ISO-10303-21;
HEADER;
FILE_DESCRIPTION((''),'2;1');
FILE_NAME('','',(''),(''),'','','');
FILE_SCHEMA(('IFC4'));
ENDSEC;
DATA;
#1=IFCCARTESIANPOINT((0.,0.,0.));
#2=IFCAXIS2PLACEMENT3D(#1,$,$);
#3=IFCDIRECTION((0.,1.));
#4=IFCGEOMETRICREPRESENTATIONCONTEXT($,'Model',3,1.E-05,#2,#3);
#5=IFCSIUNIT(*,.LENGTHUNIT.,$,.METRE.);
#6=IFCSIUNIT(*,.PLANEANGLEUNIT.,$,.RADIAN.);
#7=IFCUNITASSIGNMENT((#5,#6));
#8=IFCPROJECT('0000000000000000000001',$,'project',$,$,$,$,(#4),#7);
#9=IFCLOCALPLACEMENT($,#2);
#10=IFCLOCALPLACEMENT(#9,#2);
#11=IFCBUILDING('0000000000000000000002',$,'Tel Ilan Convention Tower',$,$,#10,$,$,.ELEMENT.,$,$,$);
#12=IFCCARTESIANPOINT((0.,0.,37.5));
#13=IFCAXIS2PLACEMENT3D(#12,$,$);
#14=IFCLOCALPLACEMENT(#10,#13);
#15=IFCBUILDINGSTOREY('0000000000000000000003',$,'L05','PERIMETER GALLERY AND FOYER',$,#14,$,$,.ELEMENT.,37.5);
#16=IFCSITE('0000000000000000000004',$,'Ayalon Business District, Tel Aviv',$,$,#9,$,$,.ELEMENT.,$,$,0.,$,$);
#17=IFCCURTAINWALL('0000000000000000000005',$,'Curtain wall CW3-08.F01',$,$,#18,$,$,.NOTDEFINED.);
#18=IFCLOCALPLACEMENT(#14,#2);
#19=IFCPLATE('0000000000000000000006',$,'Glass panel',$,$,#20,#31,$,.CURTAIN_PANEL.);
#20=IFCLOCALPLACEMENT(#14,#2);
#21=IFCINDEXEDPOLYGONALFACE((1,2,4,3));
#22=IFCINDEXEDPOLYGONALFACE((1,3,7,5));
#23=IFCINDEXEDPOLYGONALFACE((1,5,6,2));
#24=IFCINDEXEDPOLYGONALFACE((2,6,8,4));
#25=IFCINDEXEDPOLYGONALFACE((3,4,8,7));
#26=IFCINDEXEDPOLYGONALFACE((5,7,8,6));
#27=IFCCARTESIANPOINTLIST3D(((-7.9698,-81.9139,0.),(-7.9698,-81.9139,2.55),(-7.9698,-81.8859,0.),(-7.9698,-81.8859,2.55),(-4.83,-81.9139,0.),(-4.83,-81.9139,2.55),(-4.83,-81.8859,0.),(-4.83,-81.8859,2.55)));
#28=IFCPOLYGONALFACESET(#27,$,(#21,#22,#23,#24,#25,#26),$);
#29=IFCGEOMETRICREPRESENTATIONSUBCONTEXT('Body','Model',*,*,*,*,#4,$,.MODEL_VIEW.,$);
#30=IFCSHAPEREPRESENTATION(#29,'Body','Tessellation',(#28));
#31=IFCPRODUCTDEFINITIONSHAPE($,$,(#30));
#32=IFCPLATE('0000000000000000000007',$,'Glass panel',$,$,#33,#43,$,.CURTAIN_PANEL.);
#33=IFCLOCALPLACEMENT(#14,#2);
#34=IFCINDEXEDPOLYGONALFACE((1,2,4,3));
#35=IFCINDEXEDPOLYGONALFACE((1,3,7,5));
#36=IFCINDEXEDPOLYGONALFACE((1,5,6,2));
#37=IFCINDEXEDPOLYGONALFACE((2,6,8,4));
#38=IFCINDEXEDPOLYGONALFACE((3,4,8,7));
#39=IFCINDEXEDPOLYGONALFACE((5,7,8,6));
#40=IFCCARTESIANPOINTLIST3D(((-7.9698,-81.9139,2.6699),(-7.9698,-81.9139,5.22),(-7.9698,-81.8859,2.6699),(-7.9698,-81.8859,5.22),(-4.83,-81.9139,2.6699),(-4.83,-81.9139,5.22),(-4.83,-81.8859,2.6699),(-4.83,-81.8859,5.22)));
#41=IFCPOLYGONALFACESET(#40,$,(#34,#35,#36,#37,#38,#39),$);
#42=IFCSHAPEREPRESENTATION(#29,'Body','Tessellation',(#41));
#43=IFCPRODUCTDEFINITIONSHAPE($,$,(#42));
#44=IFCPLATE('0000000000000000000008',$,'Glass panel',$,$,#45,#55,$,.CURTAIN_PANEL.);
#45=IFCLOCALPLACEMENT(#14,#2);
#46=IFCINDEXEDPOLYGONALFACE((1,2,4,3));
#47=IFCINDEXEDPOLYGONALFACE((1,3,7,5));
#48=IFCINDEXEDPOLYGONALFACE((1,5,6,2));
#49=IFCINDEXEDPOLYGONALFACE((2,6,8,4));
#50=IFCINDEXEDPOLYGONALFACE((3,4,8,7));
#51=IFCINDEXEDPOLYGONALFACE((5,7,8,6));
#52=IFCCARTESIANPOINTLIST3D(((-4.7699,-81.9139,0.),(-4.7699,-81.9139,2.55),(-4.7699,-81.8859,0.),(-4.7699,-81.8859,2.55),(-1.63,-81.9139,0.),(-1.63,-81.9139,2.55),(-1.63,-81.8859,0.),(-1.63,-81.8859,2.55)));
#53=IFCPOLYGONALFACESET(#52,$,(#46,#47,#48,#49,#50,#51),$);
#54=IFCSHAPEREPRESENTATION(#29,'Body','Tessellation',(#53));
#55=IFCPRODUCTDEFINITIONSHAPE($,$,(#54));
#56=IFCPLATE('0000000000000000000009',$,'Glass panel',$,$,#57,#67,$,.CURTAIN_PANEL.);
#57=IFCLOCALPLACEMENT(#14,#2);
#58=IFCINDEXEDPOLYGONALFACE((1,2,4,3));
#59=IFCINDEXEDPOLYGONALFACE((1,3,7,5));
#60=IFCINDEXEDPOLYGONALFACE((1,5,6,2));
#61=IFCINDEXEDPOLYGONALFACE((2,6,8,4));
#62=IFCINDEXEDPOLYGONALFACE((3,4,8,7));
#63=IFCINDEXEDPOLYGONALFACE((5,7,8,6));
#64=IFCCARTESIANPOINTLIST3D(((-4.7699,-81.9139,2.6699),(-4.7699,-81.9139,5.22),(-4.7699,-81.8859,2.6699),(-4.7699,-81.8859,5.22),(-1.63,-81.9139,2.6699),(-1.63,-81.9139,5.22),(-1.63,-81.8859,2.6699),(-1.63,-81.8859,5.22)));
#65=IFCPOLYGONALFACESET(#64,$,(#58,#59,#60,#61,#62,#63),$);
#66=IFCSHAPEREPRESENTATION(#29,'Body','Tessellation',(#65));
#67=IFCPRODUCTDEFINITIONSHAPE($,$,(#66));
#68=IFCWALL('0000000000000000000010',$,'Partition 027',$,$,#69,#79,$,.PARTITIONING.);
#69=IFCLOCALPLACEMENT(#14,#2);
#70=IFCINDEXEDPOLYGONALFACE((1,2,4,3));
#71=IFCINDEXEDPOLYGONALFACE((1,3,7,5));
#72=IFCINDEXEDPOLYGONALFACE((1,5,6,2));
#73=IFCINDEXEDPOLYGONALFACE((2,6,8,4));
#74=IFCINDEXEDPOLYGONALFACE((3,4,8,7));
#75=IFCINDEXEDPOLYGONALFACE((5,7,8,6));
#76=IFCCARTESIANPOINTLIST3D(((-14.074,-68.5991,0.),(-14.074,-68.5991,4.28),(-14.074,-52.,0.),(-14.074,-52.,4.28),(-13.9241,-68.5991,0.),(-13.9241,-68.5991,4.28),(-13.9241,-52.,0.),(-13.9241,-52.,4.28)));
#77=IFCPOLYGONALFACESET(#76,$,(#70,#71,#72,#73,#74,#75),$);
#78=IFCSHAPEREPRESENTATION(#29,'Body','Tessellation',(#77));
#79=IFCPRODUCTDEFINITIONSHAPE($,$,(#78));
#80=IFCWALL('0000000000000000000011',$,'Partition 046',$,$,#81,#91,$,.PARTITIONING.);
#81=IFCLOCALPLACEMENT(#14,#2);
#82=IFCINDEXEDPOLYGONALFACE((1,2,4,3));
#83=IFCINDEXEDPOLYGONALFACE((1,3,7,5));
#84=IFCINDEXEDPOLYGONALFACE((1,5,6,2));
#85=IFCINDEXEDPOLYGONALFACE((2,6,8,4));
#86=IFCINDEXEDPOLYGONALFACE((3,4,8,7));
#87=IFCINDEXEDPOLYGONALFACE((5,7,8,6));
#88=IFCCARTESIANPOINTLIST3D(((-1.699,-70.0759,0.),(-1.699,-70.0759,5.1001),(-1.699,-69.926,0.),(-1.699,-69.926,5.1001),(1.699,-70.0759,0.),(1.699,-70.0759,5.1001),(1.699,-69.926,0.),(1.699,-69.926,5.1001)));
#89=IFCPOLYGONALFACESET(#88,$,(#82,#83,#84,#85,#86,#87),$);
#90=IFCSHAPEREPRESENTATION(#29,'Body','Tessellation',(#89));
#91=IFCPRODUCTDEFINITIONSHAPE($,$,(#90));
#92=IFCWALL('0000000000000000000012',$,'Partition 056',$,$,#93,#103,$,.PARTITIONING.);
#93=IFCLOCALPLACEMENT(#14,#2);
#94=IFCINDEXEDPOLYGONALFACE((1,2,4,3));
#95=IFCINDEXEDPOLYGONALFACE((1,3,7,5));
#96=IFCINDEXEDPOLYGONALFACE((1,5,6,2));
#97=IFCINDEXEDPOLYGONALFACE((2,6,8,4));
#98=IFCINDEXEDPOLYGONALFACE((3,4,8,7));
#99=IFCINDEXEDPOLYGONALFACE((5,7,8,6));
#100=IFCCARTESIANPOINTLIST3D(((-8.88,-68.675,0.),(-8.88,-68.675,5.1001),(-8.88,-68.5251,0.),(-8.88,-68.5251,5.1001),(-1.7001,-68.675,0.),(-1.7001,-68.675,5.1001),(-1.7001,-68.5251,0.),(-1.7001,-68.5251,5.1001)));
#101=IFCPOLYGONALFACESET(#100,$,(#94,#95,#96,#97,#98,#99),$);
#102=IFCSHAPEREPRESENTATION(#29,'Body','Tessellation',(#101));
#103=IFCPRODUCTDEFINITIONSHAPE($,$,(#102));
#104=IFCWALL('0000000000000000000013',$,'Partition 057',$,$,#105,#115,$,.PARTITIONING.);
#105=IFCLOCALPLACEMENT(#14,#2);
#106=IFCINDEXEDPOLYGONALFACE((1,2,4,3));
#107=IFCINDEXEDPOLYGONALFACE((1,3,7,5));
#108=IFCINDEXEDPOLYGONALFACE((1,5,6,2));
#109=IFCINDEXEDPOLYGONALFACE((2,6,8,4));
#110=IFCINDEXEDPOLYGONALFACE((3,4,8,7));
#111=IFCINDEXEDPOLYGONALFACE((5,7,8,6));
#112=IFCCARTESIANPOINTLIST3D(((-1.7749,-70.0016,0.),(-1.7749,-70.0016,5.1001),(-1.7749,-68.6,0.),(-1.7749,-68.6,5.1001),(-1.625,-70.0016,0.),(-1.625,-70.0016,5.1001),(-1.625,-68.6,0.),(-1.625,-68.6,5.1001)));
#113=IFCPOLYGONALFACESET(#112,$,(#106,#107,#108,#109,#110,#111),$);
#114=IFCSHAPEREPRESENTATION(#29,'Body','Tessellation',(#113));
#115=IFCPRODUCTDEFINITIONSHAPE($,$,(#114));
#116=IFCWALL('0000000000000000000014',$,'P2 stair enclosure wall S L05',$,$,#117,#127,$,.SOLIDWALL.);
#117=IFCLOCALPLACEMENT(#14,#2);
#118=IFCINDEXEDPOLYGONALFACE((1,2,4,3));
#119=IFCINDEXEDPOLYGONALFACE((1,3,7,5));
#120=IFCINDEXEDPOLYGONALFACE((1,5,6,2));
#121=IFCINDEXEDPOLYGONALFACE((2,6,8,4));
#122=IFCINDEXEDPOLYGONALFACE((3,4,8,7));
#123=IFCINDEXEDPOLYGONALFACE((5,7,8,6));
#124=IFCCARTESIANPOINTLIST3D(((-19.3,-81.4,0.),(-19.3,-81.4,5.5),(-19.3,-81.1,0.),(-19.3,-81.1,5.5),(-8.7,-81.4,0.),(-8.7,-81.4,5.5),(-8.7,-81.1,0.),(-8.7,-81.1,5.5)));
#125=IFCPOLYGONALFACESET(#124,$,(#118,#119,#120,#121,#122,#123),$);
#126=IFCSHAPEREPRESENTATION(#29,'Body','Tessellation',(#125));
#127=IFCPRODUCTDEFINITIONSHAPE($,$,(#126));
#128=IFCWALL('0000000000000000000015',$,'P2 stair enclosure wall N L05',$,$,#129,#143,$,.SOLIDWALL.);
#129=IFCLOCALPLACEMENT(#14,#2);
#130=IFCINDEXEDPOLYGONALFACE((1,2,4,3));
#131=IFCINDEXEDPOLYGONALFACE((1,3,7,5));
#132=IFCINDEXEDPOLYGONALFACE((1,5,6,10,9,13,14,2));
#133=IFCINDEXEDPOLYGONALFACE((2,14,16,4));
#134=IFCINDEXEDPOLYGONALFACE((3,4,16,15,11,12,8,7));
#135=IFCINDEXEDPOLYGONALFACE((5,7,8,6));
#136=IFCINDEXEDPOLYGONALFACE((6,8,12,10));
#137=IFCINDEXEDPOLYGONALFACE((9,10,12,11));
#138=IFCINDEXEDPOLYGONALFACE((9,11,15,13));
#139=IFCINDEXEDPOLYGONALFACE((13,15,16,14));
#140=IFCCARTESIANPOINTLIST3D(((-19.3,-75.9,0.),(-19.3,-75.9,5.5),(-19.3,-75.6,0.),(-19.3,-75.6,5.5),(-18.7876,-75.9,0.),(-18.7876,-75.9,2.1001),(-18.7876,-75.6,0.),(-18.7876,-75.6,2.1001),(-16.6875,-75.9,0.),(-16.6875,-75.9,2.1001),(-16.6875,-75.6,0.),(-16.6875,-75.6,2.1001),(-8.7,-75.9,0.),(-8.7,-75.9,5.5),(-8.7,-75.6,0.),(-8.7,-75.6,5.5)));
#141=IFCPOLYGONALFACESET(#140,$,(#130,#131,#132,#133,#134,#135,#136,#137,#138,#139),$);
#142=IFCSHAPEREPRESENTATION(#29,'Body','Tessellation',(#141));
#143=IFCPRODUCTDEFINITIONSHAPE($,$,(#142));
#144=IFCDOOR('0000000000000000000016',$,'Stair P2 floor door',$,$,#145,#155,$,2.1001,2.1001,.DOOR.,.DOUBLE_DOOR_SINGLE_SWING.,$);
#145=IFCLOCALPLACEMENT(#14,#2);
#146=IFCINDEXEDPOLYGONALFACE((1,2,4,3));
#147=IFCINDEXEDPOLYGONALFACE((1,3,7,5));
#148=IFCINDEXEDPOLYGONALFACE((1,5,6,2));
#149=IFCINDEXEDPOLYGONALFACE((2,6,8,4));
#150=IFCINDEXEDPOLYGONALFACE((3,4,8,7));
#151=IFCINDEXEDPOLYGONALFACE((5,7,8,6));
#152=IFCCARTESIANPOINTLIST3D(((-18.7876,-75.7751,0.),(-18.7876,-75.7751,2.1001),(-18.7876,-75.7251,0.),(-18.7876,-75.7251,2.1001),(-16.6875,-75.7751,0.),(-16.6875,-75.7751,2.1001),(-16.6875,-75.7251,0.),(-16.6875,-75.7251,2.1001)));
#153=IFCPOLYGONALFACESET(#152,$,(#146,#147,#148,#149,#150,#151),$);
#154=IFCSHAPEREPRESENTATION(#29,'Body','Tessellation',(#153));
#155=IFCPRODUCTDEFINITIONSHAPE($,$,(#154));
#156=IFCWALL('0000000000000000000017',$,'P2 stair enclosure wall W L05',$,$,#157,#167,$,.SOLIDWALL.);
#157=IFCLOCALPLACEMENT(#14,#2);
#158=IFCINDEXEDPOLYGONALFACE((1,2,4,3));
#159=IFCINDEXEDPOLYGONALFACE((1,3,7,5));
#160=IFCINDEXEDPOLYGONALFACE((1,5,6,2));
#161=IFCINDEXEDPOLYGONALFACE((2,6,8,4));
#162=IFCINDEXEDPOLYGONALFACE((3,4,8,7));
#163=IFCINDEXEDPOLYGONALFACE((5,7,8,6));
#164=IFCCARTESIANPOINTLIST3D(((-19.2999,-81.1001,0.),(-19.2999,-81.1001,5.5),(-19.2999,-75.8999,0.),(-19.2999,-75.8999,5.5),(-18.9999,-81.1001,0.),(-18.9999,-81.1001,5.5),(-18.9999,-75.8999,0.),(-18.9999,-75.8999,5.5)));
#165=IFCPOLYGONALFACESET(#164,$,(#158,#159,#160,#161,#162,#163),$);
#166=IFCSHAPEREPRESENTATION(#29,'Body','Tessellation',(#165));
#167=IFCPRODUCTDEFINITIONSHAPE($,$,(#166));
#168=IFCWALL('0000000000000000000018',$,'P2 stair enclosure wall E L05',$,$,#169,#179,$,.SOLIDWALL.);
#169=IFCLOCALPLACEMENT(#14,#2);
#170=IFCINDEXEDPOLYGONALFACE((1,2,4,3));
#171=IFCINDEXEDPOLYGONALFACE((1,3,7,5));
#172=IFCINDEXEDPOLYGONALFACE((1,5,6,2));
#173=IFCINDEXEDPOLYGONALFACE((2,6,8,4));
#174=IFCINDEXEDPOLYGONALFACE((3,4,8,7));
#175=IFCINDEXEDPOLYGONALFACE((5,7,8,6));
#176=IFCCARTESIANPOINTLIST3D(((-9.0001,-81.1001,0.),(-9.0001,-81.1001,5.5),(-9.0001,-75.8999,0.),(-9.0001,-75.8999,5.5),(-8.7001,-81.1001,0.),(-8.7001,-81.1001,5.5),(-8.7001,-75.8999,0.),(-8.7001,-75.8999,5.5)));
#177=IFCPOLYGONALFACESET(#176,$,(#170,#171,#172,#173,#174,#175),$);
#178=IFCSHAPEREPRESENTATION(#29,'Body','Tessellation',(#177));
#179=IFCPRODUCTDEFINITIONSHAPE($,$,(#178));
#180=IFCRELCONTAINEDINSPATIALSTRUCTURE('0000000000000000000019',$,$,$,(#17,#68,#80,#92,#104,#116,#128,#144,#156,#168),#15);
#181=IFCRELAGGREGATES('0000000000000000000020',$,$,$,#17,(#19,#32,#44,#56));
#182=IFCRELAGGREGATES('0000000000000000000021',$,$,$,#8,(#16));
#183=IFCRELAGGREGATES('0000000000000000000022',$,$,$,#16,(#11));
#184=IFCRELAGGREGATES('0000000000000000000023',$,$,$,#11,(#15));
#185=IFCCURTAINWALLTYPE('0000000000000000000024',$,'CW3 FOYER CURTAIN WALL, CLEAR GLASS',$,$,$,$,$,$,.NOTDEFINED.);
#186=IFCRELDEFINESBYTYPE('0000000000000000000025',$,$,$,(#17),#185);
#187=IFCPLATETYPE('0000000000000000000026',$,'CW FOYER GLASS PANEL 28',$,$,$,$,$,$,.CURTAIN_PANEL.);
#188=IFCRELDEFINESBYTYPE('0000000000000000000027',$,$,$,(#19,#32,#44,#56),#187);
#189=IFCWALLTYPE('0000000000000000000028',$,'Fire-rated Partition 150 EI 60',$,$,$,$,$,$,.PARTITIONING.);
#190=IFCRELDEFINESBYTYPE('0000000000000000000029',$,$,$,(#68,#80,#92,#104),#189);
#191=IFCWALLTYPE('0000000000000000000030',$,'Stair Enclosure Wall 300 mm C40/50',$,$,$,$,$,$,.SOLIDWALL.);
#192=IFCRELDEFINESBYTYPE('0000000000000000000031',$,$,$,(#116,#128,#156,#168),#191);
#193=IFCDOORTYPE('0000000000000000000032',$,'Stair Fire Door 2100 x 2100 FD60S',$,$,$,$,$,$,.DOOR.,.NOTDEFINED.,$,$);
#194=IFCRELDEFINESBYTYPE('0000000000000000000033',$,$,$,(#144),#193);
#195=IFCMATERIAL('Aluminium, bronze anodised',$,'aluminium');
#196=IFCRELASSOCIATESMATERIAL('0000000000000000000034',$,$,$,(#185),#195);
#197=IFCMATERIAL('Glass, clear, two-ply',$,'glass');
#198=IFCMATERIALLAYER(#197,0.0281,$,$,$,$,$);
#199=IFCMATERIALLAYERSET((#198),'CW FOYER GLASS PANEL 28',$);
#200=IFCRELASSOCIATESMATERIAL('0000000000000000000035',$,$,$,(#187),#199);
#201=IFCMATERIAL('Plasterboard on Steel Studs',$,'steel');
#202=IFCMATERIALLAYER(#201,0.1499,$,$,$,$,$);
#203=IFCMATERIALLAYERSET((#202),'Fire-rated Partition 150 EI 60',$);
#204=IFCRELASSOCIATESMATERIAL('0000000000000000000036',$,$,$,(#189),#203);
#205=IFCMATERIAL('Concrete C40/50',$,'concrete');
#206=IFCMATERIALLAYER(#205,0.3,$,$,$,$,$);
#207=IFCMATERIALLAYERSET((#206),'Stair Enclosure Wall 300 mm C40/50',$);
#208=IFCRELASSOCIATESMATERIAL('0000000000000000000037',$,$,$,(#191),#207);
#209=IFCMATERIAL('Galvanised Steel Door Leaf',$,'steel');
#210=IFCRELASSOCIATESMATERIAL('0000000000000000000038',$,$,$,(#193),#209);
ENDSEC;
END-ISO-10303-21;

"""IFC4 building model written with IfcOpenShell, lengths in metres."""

from ifc_helpers import new_model, si_unit, direction, frame, frame_2d, origin, origin_2d, place, context, subcontext, project, spatial, rectangle, extrude, material, layer, layer_set, type_object, element, fill, aggregate, save


model = new_model("IFC4")

# Units and contexts
model_context = context("Model", 3, precision=1e-05, world=origin(), true_north=direction((0.0, 1.0)))
body_context = subcontext(model_context, "Body", "Model", "MODEL_VIEW")
ifc_project = project(units=[si_unit("LENGTHUNIT", "METRE"), si_unit("PLANEANGLEUNIT", "RADIAN")], contexts=[model_context])

# Site, building, storey
site_placement = place(None, origin())
site = spatial("IfcSite", under=ifc_project, at=site_placement, Name="Ayalon Business District, Tel Aviv", CompositionType="ELEMENT", RefElevation=0.0)
building_placement = place(site_placement, origin())
building = spatial("IfcBuilding", under=site, at=building_placement, Name="Tel Ilan Convention Tower", CompositionType="ELEMENT")
storey_placement = place(building_placement, frame((0.0, 0.0, 37.5)))
storey = spatial("IfcBuildingStorey", under=building, at=storey_placement, Name="L05", Description="PERIMETER GALLERY AND FOYER", CompositionType="ELEMENT", Elevation=37.5)

# Curtain wall
ifc_material_1 = material(Name="Aluminium, bronze anodised", Category="aluminium")
curtain_wall_type = type_object("IfcCurtainWallType", Name="CW3 FOYER CURTAIN WALL, CLEAR GLASS", PredefinedType="NOTDEFINED", material=ifc_material_1)
curtain_wall_placement = place(storey_placement, origin())
curtain_wall = element("IfcCurtainWall", 1, at=curtain_wall_placement, inside=storey, type_object=curtain_wall_type, Name="Curtain wall CW3-08.F01", PredefinedType="NOTDEFINED")

# Plates
ifc_material_2 = material(Name="Glass, clear, two-ply", Category="glass")
ifc_layer_1 = layer(ifc_material_2, 0.0281)
ifc_layer_set_1 = layer_set([ifc_layer_1], Name="CW FOYER GLASS PANEL 28")
plate_type = type_object("IfcPlateType", Name="CW FOYER GLASS PANEL 28", PredefinedType="CURTAIN_PANEL", material=ifc_layer_set_1)
plate_1_placement = place(storey_placement, frame((-6.3999, -81.8999, 0.0), z_axis=(0.0, 0.0, 1.0), x_axis=(1.0, 0.0, 0.0)))
plate_1 = element("IfcPlate", 2, at=plate_1_placement, type_object=plate_type, Name="Glass panel", PredefinedType="CURTAIN_PANEL", context=body_context, shape_type="SweptSolid", body=[
    extrude(rectangle(XDim=3.1399, YDim=0.0281, at=origin_2d()), origin(), (0.0, 0.0, 1.0), 2.55),
])
plate_2_placement = place(storey_placement, frame((-6.3999, -81.8999, 2.6699), z_axis=(0.0, 0.0, 1.0), x_axis=(1.0, 0.0, 0.0)))
plate_2 = element("IfcPlate", 3, at=plate_2_placement, type_object=plate_type, Name="Glass panel", PredefinedType="CURTAIN_PANEL", context=body_context, shape_type="SweptSolid", body=[
    extrude(rectangle(XDim=3.1399, YDim=0.0281, at=origin_2d()), origin(), (0.0, 0.0, 1.0), 2.55),
])
plate_3_placement = place(storey_placement, frame((-3.2, -81.8999, 0.0), z_axis=(0.0, 0.0, 1.0), x_axis=(1.0, 0.0, 0.0)))
plate_3 = element("IfcPlate", 4, at=plate_3_placement, type_object=plate_type, Name="Glass panel", PredefinedType="CURTAIN_PANEL", context=body_context, shape_type="SweptSolid", body=[
    extrude(rectangle(XDim=3.1399, YDim=0.0281, at=origin_2d()), origin(), (0.0, 0.0, 1.0), 2.55),
])
plate_4_placement = place(storey_placement, frame((-3.2, -81.8999, 2.6699), z_axis=(0.0, 0.0, 1.0), x_axis=(1.0, 0.0, 0.0)))
plate_4 = element("IfcPlate", 5, at=plate_4_placement, type_object=plate_type, Name="Glass panel", PredefinedType="CURTAIN_PANEL", context=body_context, shape_type="SweptSolid", body=[
    extrude(rectangle(XDim=3.1399, YDim=0.0281, at=origin_2d()), origin(), (0.0, 0.0, 1.0), 2.55),
])
aggregate(curtain_wall, [plate_1, plate_2, plate_3, plate_4])

# Walls
ifc_material_3 = material(Name="Plasterboard on Steel Studs", Category="steel")
ifc_layer_2 = layer(ifc_material_3, 0.1499)
ifc_layer_set_2 = layer_set([ifc_layer_2], Name="Fire-rated Partition 150 EI 60")
wall_type_1 = type_object("IfcWallType", Name="Fire-rated Partition 150 EI 60", PredefinedType="PARTITIONING", material=ifc_layer_set_2)
wall_1_placement = place(storey_placement, frame((-13.999, -68.5991, 0.0), z_axis=(0.0, 0.0, 1.0), x_axis=(0.0, 1.0, 0.0)))
element("IfcWall", 6, at=wall_1_placement, inside=storey, type_object=wall_type_1, Name="Partition 027", PredefinedType="PARTITIONING", context=body_context, shape_type="SweptSolid", body=[
    extrude(rectangle(XDim=16.5991, YDim=0.1499, at=frame_2d((8.2996, 0.0))), origin(), (0.0, 0.0, 1.0), 4.28),
])
wall_2_placement = place(storey_placement, frame((-1.699, -70.001, 0.0), z_axis=(0.0, 0.0, 1.0), x_axis=(1.0, 0.0, 0.0)))
element("IfcWall", 7, at=wall_2_placement, inside=storey, type_object=wall_type_1, Name="Partition 046", PredefinedType="PARTITIONING", context=body_context, shape_type="SweptSolid", body=[
    extrude(rectangle(XDim=3.3979, YDim=0.1499, at=frame_2d((1.699, 0.0))), origin(), (0.0, 0.0, 1.0), 5.1001),
])

# Walls
wall_3_placement = place(storey_placement, frame((-8.8799, -68.6001, 0.0), z_axis=(0.0, 0.0, 1.0), x_axis=(1.0, 0.0, 0.0)))
element("IfcWall", 8, at=wall_3_placement, inside=storey, type_object=wall_type_1, Name="Partition 056", PredefinedType="PARTITIONING", context=body_context, shape_type="SweptSolid", body=[
    extrude(rectangle(XDim=7.1799, YDim=0.1499, at=frame_2d((3.5898, 0.0))), origin(), (0.0, 0.0, 1.0), 5.1001),
])
wall_4_placement = place(storey_placement, frame((-1.7, -68.6001, 0.0), z_axis=(0.0, 0.0, 1.0), x_axis=(0.0, -1.0, 0.0)))
element("IfcWall", 9, at=wall_4_placement, inside=storey, type_object=wall_type_1, Name="Partition 057", PredefinedType="PARTITIONING", context=body_context, shape_type="SweptSolid", body=[
    extrude(rectangle(XDim=1.4016, YDim=0.1499, at=frame_2d((0.7007, 0.0))), origin(), (0.0, 0.0, 1.0), 5.1001),
])
ifc_material_4 = material(Name="Concrete C40/50", Category="concrete")
ifc_layer_3 = layer(ifc_material_4, 0.3)
ifc_layer_set_3 = layer_set([ifc_layer_3], Name="Stair Enclosure Wall 300 mm C40/50")
wall_type_2 = type_object("IfcWallType", Name="Stair Enclosure Wall 300 mm C40/50", PredefinedType="SOLIDWALL", material=ifc_layer_set_3)
wall_5_placement = place(storey_placement, frame((-19.3, -81.25, 0.0), z_axis=(0.0, 0.0, 1.0), x_axis=(1.0, 0.0, 0.0)))
element("IfcWall", 10, at=wall_5_placement, inside=storey, type_object=wall_type_2, Name="P2 stair enclosure wall S L05", PredefinedType="SOLIDWALL", context=body_context, shape_type="SweptSolid", body=[
    extrude(rectangle(XDim=10.6001, YDim=0.3, at=frame_2d((5.3, 0.0))), origin(), (0.0, 0.0, 1.0), 5.5),
])

# Wall, opening, door
wall_6_placement = place(storey_placement, frame((-19.3, -75.75, 0.0), z_axis=(0.0, 0.0, 1.0), x_axis=(1.0, 0.0, 0.0)))
wall_6 = element("IfcWall", 11, at=wall_6_placement, inside=storey, type_object=wall_type_2, Name="P2 stair enclosure wall N L05", PredefinedType="SOLIDWALL", context=body_context, shape_type="SweptSolid", body=[
    extrude(rectangle(XDim=10.6001, YDim=0.3, at=frame_2d((5.3, 0.0))), origin(), (0.0, 0.0, 1.0), 5.5),
])
opening_1_placement = place(wall_6_placement, frame((0.5125, 0.0, 0.0)))
opening_1 = element("IfcOpeningElement", 12, at=opening_1_placement, cuts=wall_6, PredefinedType="OPENING", context=body_context, shape_type="SweptSolid", body=[
    extrude(rectangle(XDim=2.1001, YDim=2.1001, at=frame_2d((1.05, 1.05))), frame((0.0, 0.1599, 0.0), z_axis=(0.0, -1.0, 0.0), x_axis=(1.0, 0.0, 0.0)), (0.0, 0.0, 1.0), 0.3201),
])
ifc_material_5 = material(Name="Galvanised Steel Door Leaf", Category="steel")
door_type_1 = type_object("IfcDoorType", Name="Stair Fire Door 2100 x 2100 FD60S", OperationType="NOTDEFINED", PredefinedType="DOOR", material=ifc_material_5)
door_1_placement = place(opening_1_placement, origin())
door_1 = element("IfcDoor", 13, at=door_1_placement, inside=storey, type_object=door_type_1, Name="Stair P2 floor door", OperationType="DOUBLE_DOOR_SINGLE_SWING", OverallHeight=2.1001, OverallWidth=2.1001, PredefinedType="DOOR", context=body_context, shape_type="SweptSolid", body=[
    extrude(rectangle(XDim=2.1001, YDim=2.1001, at=frame_2d((1.05, 1.05))), frame((0.0, 0.0249, 0.0), z_axis=(0.0, -1.0, 0.0), x_axis=(1.0, 0.0, 0.0)), (0.0, 0.0, 1.0), 0.05),
])
fill(opening_1, door_1)

# Walls
for number, where, z_axis, x_axis, name in (
    (14, (-19.1499, -81.1001, 0.0), (0.0, 0.0, 1.0), (0.0, 1.0, 0.0), "P2 stair enclosure wall W L05"),
    (15, (-8.8501, -81.1001, 0.0), (0.0, 0.0, 1.0), (0.0, 1.0, 0.0), "P2 stair enclosure wall E L05"),
):
    element("IfcWall", number, at=place(storey_placement, frame(where, z_axis=z_axis, x_axis=x_axis)), inside=storey, type_object=wall_type_2, Name=name, PredefinedType="SOLIDWALL", context=body_context, shape_type="SweptSolid", body=[
        extrude(rectangle(XDim=5.2002, YDim=0.3, at=frame_2d((2.6001, 0.0))), origin(), (0.0, 0.0, 1.0), 5.5),
    ])

save(model, "model.ifc")
